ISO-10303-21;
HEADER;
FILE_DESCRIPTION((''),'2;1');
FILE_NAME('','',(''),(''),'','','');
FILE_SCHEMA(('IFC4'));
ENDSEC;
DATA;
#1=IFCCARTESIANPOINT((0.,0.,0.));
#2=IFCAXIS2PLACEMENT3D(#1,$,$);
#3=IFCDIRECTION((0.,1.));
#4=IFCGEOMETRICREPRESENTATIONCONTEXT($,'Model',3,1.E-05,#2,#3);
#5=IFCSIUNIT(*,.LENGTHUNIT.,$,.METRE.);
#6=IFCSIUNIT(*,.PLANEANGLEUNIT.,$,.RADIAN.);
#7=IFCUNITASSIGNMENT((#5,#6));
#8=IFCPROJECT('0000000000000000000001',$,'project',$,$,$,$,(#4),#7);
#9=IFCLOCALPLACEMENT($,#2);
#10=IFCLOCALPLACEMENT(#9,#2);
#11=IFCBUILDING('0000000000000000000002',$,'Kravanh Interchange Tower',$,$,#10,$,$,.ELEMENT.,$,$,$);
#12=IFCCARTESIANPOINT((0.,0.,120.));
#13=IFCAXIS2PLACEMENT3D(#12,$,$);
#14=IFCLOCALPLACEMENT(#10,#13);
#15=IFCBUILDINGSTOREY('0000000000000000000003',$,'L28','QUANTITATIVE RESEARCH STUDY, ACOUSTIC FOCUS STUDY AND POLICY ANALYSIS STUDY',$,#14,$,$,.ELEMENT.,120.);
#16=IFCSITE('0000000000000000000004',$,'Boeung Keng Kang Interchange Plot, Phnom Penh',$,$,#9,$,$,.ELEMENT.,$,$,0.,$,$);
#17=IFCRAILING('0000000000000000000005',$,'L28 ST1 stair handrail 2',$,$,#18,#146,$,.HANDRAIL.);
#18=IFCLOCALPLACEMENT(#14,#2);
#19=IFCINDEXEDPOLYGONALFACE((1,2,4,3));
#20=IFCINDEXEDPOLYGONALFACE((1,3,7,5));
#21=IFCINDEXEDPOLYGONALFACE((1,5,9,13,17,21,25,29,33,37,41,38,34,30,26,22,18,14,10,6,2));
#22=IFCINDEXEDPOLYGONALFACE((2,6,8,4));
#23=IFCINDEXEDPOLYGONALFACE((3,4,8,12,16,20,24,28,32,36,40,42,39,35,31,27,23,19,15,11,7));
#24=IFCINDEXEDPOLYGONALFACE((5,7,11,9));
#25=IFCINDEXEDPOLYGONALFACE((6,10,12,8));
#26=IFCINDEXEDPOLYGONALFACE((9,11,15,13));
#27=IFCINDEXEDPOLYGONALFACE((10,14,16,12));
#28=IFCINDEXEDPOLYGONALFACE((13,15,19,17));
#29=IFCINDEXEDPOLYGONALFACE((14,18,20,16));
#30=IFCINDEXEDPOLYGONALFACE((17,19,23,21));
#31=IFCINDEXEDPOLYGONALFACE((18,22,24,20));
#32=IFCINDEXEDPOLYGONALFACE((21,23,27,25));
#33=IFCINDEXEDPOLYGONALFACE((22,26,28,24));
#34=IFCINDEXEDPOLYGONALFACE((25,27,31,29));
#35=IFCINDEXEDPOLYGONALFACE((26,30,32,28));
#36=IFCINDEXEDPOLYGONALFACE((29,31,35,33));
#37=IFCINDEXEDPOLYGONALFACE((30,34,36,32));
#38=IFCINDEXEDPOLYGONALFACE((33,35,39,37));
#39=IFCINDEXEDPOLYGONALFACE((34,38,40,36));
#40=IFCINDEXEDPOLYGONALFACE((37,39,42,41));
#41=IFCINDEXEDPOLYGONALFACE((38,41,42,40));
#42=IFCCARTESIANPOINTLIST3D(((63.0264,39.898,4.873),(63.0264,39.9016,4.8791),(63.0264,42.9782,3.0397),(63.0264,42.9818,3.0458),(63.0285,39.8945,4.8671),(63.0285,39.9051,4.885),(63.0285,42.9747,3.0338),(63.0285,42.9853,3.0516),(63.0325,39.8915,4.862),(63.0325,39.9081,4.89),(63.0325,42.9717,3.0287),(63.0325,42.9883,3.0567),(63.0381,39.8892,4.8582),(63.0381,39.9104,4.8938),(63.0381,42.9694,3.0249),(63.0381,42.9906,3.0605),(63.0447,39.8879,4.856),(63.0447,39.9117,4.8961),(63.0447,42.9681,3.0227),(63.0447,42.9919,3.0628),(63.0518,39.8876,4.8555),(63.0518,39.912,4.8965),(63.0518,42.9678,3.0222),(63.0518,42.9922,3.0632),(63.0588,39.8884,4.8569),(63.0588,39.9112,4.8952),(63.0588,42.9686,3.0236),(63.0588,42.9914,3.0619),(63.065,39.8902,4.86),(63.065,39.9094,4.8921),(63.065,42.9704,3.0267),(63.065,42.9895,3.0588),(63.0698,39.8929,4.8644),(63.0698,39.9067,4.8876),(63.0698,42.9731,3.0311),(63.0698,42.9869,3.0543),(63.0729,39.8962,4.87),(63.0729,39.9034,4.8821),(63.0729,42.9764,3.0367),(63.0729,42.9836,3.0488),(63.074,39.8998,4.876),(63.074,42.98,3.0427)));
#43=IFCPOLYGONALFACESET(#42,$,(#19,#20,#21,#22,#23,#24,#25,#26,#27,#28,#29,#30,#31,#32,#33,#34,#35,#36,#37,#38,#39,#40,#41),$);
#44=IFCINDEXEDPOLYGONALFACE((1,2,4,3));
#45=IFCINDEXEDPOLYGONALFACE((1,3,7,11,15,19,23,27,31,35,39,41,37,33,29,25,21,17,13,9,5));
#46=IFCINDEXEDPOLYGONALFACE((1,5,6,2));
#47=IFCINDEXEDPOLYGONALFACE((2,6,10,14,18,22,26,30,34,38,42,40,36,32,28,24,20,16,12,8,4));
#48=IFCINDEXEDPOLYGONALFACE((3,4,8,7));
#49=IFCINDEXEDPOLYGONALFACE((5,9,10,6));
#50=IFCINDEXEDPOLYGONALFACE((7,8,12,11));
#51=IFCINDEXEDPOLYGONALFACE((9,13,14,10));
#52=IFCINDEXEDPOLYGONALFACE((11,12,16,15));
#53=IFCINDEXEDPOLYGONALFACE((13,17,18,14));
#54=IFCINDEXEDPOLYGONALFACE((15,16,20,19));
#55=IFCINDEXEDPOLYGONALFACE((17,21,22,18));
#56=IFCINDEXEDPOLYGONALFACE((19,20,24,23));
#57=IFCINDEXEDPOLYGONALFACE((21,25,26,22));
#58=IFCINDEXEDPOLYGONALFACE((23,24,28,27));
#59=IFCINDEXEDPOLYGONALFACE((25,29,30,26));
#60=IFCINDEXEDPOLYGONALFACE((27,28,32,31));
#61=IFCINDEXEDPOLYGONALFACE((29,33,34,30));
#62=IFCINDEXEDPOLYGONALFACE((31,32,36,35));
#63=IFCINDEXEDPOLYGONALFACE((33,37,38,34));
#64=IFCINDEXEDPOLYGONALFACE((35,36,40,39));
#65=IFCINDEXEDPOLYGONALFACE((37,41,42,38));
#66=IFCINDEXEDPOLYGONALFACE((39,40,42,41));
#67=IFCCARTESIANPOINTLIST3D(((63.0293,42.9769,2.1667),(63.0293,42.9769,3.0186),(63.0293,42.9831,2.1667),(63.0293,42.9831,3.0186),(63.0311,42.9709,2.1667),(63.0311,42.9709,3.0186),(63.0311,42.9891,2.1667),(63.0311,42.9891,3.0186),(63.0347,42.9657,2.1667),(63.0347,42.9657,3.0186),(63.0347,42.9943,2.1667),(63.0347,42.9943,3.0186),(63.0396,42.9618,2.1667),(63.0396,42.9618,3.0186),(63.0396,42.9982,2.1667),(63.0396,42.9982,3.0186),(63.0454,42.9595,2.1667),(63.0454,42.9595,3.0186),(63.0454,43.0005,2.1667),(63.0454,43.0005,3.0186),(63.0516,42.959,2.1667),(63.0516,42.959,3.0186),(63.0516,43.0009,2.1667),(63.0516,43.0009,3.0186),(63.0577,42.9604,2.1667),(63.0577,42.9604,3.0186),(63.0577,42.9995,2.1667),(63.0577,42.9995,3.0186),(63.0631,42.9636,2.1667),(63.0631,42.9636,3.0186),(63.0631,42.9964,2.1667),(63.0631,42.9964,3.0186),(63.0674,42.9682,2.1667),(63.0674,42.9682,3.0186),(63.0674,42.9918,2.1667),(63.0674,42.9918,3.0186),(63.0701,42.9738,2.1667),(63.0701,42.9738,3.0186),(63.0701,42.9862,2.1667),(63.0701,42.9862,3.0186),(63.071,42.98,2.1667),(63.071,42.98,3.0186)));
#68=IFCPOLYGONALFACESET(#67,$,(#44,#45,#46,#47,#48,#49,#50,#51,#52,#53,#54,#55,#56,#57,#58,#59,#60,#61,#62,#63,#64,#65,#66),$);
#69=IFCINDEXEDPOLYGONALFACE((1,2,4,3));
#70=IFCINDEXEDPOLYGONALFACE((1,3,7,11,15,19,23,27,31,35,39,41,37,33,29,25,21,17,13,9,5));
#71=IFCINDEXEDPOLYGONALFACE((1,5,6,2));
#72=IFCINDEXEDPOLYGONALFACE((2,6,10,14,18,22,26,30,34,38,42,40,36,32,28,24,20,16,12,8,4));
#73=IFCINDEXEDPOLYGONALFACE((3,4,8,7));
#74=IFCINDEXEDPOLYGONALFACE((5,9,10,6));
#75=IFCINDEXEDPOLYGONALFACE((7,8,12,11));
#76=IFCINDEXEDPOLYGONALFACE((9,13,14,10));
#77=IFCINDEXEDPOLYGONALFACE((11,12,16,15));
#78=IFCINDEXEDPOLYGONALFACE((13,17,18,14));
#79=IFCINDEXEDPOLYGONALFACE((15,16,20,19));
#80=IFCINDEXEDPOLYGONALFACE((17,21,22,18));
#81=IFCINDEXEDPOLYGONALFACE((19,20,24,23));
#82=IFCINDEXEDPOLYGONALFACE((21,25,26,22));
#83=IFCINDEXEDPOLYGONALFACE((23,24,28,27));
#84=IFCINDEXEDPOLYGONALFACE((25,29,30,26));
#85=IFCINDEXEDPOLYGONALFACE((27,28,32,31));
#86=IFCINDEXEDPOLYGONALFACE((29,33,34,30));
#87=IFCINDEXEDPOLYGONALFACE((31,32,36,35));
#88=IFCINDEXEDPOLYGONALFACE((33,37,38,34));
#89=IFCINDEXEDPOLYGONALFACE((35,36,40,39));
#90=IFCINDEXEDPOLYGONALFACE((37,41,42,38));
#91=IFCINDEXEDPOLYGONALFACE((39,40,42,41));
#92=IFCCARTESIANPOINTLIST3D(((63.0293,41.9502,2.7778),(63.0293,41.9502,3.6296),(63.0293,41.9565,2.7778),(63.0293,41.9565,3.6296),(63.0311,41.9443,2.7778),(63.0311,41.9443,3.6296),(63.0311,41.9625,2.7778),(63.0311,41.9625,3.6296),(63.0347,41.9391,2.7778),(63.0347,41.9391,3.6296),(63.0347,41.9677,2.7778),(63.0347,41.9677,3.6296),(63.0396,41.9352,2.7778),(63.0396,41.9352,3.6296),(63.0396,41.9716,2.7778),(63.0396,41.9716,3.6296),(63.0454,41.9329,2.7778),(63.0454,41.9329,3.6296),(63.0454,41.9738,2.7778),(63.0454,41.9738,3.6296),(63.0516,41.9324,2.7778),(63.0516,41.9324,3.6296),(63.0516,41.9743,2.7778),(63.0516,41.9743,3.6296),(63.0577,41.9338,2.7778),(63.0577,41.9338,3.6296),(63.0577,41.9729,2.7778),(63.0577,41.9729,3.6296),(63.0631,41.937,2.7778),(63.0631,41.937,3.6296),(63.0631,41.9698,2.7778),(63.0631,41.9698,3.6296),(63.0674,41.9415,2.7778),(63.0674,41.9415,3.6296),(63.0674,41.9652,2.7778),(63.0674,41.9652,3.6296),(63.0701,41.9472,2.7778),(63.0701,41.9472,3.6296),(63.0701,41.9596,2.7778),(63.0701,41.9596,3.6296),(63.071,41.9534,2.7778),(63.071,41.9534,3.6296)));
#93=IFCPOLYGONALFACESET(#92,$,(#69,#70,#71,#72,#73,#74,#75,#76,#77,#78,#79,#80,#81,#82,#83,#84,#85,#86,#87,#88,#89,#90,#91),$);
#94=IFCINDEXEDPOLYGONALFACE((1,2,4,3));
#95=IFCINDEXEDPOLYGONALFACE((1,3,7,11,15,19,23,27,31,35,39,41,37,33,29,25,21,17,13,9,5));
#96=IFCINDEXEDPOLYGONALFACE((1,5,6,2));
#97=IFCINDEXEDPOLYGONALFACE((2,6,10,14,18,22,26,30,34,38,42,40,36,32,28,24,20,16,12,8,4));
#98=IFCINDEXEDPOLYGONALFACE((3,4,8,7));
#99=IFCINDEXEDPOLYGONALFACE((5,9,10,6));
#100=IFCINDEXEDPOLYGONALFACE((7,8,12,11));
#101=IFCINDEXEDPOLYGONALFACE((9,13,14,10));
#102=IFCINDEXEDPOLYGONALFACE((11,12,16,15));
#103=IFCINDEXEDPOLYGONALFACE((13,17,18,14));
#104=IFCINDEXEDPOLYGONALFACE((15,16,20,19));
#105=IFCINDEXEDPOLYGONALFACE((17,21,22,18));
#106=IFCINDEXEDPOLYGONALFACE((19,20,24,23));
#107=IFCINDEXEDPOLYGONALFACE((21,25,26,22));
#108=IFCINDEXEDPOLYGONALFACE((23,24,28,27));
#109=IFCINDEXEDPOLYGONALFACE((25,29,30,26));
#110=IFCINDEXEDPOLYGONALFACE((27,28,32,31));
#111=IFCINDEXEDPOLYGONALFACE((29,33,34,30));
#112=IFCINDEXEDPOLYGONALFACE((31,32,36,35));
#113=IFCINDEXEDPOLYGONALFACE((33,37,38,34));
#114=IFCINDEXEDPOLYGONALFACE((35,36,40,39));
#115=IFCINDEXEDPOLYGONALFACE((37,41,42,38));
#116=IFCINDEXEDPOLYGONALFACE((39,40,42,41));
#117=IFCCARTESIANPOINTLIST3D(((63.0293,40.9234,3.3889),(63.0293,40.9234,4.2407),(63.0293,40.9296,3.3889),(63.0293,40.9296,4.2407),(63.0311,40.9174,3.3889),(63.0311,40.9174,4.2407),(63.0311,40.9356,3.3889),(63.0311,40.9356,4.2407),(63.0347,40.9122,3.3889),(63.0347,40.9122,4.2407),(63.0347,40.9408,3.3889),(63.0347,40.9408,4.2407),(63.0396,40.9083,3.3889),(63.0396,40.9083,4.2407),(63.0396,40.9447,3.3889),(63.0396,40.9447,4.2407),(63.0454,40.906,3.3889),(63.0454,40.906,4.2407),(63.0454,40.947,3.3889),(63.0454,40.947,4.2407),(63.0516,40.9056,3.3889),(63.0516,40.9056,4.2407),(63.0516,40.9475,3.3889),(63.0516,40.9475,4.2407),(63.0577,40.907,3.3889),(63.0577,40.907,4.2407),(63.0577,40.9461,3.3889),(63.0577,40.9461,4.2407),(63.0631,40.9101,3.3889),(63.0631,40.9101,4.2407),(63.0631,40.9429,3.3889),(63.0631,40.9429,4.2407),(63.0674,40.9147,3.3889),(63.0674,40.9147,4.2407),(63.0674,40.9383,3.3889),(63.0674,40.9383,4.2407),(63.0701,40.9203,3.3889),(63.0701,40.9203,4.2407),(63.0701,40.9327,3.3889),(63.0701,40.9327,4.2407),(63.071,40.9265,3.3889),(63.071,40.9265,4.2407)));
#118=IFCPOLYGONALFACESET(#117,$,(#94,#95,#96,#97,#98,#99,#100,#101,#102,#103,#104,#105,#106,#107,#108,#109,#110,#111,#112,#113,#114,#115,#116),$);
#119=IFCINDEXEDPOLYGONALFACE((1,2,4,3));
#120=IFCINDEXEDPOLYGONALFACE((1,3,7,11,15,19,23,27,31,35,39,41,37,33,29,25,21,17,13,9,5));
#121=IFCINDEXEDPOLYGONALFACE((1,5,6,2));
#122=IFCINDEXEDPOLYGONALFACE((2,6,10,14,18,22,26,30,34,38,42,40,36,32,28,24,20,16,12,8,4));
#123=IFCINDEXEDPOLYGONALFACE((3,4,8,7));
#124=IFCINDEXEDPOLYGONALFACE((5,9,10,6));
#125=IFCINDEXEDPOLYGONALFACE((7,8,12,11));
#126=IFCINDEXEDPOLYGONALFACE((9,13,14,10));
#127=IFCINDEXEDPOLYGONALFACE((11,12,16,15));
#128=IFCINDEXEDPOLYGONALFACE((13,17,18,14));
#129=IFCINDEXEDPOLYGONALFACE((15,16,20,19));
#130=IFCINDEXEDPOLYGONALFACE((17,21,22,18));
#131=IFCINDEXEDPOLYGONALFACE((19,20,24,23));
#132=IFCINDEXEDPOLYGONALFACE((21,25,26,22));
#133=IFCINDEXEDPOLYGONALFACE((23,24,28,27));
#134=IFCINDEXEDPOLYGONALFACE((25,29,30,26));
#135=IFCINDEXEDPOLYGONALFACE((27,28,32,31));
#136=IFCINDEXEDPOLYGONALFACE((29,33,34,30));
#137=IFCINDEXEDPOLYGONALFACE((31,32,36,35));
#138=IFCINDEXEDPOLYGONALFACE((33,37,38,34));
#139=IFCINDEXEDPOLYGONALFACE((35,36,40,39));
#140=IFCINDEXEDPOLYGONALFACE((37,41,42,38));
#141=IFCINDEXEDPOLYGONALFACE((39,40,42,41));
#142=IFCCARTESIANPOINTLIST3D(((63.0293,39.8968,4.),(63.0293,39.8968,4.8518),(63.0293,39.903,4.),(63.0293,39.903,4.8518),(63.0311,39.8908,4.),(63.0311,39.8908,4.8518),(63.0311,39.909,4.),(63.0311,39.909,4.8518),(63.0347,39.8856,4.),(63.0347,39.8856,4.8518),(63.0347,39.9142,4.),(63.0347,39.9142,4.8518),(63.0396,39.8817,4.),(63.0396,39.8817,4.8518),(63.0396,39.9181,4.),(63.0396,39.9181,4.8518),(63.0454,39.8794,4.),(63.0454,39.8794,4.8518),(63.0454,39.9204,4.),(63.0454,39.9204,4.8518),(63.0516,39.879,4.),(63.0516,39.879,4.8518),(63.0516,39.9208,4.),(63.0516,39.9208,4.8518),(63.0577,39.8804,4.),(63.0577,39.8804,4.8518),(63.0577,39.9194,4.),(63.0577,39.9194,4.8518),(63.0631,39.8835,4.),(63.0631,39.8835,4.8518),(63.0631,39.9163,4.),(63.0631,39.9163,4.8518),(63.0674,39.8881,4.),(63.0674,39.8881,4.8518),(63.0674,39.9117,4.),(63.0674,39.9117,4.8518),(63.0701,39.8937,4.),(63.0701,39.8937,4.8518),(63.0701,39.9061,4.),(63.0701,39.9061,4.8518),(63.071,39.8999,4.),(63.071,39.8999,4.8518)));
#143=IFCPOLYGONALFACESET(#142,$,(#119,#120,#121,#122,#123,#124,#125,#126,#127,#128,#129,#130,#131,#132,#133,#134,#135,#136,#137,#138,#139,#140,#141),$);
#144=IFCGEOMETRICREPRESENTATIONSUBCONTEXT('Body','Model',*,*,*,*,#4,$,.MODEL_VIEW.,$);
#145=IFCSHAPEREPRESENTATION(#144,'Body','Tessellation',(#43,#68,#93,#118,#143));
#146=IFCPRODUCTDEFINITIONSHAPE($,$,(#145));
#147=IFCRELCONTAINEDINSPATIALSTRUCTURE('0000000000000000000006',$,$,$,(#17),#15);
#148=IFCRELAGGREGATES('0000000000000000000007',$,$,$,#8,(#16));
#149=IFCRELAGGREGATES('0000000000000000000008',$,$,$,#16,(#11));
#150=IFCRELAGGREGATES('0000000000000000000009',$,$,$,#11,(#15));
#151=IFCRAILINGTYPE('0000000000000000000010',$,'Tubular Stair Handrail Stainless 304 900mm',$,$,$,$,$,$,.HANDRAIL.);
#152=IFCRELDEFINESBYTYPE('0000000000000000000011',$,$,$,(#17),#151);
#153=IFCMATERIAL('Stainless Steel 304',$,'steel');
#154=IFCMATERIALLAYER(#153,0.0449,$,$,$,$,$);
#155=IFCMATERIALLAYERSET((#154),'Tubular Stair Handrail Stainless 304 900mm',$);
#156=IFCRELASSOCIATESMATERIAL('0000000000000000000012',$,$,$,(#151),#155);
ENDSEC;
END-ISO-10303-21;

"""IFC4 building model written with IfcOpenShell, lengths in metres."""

from ifc_helpers import new_model, si_unit, direction, frame, origin, origin_2d, place, context, subcontext, project, spatial, circle, extrude, material, layer, layer_set, type_object, element, save


model = new_model("IFC4")

# Units and contexts
model_context = context("Model", 3, precision=1e-05, world=origin(), true_north=direction((0.0, 1.0)))
body_context = subcontext(model_context, "Body", "Model", "MODEL_VIEW")
ifc_project = project(units=[si_unit("LENGTHUNIT", "METRE"), si_unit("PLANEANGLEUNIT", "RADIAN")], contexts=[model_context])

# Site, building, storey
site_placement = place(None, origin())
site = spatial("IfcSite", under=ifc_project, at=site_placement, Name="Boeung Keng Kang Interchange Plot, Phnom Penh", CompositionType="ELEMENT", RefElevation=0.0)
building_placement = place(site_placement, origin())
building = spatial("IfcBuilding", under=site, at=building_placement, Name="Kravanh Interchange Tower", CompositionType="ELEMENT")
storey_placement = place(building_placement, frame((0.0, 0.0, 120.0)))
storey = spatial("IfcBuildingStorey", under=building, at=storey_placement, Name="L28", Description="QUANTITATIVE RESEARCH STUDY, ACOUSTIC FOCUS STUDY AND POLICY ANALYSIS STUDY", CompositionType="ELEMENT", Elevation=120.0)

# Railing
ifc_material_1 = material(Name="Stainless Steel 304", Category="steel")
ifc_layer_1 = layer(ifc_material_1, 0.0449)
ifc_layer_set_1 = layer_set([ifc_layer_1], Name="Tubular Stair Handrail Stainless 304 900mm")
railing_type_1 = type_object("IfcRailingType", Name="Tubular Stair Handrail Stainless 304 900mm", PredefinedType="HANDRAIL", material=ifc_layer_set_1)
railing_1_placement = place(storey_placement, frame((63.05, 42.98, 2.1667)))
element("IfcRailing", 1, at=railing_1_placement, inside=storey, type_object=railing_type_1, Name="L28 ST1 stair handrail 2", PredefinedType="HANDRAIL", context=body_context, shape_type="SweptSolid", body=[
    extrude(circle(Radius=0.0239, at=origin_2d()), frame((0.0, 0.0, 0.876), z_axis=(0.0, -0.859309, 0.511458), x_axis=(1.0, 0.0, 0.0)), (0.0, 0.0, 1.0), 3.5845),
    extrude(circle(Radius=0.021, at=origin_2d()), origin(), (0.0, 0.0, 1.0), 0.8518),
    extrude(circle(Radius=0.021, at=origin_2d()), frame((0.0, -1.0266, 0.6111)), (0.0, 0.0, 1.0), 0.8518),
    extrude(circle(Radius=0.021, at=origin_2d()), frame((0.0, -2.0535, 1.2222)), (0.0, 0.0, 1.0), 0.8518),
    extrude(circle(Radius=0.021, at=origin_2d()), frame((0.0, -3.0801, 1.8333)), (0.0, 0.0, 1.0), 0.8518),
])

save(model, "model.ifc")
